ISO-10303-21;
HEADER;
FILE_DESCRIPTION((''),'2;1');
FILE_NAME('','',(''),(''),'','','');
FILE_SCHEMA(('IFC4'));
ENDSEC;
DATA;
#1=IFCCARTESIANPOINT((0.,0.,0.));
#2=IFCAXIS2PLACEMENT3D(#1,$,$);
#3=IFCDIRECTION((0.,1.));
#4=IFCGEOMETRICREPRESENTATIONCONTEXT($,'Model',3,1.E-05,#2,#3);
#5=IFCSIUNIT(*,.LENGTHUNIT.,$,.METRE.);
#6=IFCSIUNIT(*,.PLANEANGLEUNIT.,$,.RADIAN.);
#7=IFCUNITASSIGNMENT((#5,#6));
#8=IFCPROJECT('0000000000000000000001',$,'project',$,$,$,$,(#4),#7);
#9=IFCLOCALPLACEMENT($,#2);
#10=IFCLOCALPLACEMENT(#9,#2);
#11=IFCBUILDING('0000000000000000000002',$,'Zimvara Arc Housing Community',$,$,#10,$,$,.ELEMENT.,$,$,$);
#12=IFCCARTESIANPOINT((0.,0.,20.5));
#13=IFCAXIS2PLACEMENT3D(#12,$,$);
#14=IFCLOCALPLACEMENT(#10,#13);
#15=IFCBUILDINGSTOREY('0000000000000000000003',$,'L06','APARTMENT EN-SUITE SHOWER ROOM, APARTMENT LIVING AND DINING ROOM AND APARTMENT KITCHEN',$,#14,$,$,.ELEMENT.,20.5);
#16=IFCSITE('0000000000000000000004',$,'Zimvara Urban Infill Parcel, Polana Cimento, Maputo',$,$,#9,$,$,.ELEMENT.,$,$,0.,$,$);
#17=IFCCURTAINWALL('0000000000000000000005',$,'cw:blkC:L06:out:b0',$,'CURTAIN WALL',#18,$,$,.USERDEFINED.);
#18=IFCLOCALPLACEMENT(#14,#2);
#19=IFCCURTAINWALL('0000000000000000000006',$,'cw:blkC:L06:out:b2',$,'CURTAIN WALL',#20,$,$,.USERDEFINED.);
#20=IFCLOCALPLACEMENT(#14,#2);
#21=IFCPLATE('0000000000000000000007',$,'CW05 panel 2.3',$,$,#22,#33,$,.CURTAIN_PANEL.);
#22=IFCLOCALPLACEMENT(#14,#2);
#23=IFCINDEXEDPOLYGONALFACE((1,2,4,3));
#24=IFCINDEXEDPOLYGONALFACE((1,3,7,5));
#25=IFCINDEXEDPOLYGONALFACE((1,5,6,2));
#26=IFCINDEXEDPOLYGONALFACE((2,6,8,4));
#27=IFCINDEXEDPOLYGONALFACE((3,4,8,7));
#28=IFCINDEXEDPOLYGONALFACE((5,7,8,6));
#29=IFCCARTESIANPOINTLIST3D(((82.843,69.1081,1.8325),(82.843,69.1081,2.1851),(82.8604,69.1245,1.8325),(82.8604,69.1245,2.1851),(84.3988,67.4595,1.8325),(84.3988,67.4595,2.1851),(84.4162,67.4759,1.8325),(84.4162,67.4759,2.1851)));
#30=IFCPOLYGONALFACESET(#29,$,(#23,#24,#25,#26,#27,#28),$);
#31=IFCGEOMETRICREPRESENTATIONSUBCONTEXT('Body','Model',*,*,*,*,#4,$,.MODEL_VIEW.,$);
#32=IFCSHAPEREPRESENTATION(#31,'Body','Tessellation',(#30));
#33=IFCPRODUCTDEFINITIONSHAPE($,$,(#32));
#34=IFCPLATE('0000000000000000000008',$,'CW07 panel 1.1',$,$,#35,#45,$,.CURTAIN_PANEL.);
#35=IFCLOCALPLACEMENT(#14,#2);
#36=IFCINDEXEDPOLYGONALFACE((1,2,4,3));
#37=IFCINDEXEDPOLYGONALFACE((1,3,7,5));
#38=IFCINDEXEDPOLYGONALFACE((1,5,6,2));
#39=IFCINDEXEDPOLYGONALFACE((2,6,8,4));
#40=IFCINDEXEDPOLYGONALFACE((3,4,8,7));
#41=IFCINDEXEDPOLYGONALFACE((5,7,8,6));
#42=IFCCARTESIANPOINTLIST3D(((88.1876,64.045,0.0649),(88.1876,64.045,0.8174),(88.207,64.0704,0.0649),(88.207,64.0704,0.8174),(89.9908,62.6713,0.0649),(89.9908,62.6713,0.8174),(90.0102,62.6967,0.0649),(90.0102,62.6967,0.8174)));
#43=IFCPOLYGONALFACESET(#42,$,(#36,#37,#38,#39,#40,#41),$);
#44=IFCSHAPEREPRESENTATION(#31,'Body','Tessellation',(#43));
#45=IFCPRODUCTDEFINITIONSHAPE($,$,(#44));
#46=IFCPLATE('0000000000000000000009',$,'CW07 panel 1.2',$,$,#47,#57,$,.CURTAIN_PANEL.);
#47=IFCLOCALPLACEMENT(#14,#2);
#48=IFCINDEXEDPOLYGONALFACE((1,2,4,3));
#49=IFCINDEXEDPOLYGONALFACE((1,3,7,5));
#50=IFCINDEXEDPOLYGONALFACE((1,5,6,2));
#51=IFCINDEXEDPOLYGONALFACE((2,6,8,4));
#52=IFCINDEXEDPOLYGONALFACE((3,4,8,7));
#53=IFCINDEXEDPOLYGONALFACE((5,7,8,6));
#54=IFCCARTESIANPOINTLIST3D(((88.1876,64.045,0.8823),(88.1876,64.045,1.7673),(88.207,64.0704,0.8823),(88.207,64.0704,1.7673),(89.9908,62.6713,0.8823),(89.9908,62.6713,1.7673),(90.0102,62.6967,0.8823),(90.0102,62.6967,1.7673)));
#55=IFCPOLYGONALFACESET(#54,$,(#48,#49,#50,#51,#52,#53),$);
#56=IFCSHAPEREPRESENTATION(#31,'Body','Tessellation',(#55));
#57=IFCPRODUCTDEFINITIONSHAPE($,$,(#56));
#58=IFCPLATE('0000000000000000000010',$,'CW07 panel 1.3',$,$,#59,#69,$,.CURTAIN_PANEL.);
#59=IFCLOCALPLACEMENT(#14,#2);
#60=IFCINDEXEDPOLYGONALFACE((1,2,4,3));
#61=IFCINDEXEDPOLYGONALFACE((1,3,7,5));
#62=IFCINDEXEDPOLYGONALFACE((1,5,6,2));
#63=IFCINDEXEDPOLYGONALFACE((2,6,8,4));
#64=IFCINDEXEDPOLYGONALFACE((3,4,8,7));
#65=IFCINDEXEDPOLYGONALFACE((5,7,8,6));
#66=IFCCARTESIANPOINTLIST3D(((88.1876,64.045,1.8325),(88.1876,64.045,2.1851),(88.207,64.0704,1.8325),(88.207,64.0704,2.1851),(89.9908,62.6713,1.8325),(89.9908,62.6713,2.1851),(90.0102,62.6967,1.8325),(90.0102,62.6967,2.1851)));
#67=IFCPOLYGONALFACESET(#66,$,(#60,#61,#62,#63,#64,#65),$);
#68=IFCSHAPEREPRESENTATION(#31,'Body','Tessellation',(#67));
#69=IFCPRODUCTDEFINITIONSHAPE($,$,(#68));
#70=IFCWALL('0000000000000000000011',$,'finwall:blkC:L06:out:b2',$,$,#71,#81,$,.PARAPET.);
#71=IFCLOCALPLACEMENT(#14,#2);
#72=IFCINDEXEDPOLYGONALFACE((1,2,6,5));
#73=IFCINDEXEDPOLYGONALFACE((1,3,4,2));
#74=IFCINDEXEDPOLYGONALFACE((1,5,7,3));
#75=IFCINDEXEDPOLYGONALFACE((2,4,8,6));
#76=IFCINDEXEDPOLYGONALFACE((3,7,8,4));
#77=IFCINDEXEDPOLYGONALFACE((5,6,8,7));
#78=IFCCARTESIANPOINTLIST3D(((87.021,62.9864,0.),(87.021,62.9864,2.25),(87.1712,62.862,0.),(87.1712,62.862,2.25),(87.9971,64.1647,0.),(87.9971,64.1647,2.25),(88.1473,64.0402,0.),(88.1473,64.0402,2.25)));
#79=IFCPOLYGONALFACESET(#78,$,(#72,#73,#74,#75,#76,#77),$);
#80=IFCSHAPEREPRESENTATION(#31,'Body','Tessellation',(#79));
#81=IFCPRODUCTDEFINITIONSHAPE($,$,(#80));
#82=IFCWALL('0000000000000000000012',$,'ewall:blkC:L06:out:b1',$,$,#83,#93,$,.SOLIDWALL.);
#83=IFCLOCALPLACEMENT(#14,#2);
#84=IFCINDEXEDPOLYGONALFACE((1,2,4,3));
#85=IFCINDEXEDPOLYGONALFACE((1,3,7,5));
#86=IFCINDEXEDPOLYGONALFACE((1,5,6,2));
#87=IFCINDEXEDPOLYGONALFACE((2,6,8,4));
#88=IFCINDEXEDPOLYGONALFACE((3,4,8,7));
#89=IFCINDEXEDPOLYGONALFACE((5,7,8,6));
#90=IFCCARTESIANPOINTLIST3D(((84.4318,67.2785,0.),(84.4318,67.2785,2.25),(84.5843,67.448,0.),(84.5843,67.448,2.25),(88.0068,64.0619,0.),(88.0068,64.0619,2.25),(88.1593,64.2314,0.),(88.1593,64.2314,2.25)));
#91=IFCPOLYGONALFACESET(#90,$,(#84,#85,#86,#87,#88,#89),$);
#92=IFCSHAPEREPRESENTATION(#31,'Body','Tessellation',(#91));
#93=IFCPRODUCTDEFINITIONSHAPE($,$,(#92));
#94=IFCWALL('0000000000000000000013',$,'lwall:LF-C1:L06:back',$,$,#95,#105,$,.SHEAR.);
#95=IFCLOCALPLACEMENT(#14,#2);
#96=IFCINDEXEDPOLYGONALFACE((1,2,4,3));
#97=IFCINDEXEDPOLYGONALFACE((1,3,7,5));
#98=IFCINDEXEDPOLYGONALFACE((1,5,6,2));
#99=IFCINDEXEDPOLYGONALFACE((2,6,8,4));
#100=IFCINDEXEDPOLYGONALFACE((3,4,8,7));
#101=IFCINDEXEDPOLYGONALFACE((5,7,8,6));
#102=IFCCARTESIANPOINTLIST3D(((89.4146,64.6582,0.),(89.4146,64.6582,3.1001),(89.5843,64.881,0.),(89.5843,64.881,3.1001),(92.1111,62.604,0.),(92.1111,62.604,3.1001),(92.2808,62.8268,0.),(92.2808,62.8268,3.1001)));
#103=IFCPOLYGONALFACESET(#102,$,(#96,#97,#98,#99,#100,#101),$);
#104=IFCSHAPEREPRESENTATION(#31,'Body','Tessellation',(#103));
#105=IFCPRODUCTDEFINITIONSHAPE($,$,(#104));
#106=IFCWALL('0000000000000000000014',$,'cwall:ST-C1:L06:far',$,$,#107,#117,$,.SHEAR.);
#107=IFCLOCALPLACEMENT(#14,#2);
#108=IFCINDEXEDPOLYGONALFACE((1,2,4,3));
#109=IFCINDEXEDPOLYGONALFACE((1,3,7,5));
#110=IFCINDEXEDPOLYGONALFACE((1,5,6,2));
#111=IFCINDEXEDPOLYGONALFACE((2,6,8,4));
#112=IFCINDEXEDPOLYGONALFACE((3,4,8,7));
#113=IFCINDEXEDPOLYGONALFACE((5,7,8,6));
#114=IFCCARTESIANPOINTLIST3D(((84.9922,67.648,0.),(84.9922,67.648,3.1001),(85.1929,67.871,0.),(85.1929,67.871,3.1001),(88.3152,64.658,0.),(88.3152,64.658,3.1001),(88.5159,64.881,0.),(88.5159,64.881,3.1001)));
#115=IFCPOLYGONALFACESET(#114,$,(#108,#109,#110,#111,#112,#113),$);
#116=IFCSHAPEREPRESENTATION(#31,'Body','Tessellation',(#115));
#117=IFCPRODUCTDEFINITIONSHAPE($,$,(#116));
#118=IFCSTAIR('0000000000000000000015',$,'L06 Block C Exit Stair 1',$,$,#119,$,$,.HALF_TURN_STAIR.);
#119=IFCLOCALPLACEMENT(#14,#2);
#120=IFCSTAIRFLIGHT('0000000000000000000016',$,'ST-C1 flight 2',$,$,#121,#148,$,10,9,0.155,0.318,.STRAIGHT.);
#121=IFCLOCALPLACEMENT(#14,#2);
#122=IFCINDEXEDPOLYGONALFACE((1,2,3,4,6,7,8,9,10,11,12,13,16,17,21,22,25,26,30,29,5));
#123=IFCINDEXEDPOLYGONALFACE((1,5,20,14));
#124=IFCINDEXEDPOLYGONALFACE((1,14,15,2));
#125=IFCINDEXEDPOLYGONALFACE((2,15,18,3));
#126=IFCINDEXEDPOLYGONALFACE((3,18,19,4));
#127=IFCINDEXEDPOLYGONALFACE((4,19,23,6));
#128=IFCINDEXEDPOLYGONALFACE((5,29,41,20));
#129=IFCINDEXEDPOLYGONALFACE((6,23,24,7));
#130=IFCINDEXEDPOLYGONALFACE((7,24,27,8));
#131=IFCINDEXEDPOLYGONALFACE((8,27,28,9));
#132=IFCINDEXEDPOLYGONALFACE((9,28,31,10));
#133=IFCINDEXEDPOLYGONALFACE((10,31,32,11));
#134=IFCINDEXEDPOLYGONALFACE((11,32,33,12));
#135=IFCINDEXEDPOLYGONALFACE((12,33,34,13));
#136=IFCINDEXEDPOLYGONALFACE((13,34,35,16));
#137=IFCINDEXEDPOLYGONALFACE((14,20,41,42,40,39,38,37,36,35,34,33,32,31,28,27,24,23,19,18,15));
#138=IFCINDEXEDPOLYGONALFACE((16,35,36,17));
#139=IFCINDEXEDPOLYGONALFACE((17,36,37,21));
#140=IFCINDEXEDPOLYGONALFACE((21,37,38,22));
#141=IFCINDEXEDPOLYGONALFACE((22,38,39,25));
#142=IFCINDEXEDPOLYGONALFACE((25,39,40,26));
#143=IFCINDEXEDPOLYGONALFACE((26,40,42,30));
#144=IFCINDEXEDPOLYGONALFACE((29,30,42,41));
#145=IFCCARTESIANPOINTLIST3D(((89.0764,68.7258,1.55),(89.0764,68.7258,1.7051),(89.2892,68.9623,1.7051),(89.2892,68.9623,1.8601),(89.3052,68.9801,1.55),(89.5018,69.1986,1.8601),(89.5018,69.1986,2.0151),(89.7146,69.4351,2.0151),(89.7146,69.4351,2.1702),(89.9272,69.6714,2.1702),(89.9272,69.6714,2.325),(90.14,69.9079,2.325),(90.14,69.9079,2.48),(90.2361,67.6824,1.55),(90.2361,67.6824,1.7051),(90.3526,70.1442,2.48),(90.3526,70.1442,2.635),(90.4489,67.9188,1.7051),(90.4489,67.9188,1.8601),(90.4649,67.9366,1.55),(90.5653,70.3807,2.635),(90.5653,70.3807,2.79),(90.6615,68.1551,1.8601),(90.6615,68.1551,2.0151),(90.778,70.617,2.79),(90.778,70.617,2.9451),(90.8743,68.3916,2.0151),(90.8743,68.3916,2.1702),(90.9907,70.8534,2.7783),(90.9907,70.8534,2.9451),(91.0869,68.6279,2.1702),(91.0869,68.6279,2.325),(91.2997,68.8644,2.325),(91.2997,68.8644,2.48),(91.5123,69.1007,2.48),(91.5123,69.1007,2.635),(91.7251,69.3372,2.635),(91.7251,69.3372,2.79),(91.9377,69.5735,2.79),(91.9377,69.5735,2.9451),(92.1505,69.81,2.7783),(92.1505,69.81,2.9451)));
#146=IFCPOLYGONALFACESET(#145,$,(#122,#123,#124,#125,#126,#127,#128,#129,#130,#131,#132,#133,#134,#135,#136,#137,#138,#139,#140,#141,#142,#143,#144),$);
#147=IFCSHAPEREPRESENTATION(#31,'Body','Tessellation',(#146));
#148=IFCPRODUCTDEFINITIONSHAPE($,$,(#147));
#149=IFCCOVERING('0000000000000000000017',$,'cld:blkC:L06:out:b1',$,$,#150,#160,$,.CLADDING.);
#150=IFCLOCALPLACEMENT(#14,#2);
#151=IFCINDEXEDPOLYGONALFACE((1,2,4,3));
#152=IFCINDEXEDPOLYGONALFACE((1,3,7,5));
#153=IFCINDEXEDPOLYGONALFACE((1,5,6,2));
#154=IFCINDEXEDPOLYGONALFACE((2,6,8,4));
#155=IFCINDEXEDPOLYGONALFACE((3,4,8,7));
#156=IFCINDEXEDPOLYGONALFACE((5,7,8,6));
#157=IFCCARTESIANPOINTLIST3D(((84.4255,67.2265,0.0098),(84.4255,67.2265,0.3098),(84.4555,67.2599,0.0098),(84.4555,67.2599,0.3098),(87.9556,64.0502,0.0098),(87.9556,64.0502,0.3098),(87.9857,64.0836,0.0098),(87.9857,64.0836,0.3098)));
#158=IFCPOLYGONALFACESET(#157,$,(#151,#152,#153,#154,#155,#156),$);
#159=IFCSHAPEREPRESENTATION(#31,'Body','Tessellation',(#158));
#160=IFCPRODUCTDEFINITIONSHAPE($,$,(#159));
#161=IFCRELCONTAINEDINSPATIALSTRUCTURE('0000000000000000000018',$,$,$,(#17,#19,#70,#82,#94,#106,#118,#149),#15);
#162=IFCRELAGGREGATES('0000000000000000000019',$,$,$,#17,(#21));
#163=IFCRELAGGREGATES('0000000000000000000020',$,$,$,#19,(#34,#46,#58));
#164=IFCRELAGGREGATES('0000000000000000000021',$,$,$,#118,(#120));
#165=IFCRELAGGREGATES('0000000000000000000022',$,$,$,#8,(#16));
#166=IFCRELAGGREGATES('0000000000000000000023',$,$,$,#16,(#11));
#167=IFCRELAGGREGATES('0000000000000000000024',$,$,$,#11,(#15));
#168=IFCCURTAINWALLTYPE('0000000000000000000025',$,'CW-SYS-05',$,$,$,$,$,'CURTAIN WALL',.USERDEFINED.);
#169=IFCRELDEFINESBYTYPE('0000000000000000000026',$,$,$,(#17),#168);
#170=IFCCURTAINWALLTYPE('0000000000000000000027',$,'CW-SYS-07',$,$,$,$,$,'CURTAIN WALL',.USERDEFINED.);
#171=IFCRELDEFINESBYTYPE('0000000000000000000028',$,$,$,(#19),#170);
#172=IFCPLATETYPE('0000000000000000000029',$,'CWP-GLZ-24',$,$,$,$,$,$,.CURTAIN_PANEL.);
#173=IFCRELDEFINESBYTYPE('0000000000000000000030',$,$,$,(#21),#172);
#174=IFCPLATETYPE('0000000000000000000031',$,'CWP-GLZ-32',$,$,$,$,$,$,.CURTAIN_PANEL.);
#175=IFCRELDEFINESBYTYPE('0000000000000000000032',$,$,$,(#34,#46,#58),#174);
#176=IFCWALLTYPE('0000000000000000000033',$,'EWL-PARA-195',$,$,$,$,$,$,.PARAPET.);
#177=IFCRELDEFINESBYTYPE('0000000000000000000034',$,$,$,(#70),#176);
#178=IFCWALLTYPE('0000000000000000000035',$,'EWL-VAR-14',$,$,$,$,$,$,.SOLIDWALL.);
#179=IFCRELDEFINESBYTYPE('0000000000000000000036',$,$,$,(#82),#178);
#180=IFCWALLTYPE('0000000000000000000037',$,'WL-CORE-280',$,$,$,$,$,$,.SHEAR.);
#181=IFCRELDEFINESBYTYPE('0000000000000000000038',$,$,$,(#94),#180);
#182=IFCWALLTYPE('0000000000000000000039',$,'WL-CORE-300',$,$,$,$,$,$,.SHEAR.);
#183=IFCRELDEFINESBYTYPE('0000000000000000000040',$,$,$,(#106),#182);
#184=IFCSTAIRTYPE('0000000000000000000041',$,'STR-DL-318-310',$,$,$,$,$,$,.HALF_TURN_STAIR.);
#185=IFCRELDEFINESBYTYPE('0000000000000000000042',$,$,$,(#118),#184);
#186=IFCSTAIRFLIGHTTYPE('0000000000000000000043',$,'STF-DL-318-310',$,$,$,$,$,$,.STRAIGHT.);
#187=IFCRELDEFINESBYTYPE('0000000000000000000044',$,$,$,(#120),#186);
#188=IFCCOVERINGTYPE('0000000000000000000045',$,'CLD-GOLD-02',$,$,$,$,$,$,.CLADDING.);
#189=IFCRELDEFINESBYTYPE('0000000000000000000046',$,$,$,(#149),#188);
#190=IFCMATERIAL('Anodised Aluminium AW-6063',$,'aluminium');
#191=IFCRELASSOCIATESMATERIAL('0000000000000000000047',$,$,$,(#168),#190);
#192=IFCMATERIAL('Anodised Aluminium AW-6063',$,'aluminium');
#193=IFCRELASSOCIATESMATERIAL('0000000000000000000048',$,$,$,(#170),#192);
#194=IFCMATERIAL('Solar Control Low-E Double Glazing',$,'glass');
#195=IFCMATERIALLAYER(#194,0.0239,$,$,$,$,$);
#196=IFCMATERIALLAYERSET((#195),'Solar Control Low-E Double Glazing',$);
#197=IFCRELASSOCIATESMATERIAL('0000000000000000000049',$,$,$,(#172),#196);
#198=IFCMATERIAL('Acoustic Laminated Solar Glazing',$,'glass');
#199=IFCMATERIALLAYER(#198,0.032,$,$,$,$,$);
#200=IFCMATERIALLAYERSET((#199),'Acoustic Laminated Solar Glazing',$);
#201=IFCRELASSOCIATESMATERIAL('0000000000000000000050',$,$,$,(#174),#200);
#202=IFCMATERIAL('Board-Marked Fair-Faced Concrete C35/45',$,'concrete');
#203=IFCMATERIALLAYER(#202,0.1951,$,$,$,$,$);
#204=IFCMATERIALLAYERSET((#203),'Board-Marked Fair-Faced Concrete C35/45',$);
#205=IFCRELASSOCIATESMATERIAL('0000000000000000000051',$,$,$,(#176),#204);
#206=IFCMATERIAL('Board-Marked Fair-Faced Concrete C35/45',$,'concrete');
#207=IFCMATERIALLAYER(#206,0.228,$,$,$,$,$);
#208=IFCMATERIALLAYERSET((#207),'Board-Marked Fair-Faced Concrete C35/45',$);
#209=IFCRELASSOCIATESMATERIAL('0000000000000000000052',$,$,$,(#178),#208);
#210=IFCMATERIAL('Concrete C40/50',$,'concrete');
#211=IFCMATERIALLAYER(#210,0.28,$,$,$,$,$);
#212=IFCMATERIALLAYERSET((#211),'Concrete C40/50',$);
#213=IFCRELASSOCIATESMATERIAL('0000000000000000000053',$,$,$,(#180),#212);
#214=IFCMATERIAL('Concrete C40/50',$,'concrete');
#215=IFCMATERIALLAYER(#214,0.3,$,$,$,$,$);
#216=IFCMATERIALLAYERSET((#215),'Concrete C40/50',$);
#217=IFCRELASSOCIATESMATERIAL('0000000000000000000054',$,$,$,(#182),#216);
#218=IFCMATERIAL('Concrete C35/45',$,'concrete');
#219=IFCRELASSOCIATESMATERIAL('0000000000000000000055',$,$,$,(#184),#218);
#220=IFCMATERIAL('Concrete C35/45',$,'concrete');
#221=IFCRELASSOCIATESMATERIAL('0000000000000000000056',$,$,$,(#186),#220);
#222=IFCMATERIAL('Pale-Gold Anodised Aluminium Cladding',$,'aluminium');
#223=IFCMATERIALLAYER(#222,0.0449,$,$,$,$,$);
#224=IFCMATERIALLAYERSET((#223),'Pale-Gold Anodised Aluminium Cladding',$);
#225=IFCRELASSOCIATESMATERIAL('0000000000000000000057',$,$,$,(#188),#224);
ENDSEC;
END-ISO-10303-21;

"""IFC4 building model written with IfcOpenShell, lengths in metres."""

from ifc_helpers import new_model, si_unit, direction, frame, frame_2d, origin, origin_2d, place, context, subcontext, project, spatial, polyline, rectangle, outline, extrude, material, layer, layer_set, type_object, element, aggregate, save


model = new_model("IFC4")

# Units and contexts
model_context = context("Model", 3, precision=1e-05, world=origin(), true_north=direction((0.0, 1.0)))
body_context = subcontext(model_context, "Body", "Model", "MODEL_VIEW")
ifc_project = project(units=[si_unit("LENGTHUNIT", "METRE"), si_unit("PLANEANGLEUNIT", "RADIAN")], contexts=[model_context])

# Site, building, storey
site_placement = place(None, origin())
site = spatial("IfcSite", under=ifc_project, at=site_placement, Name="Zimvara Urban Infill Parcel, Polana Cimento, Maputo", CompositionType="ELEMENT", RefElevation=0.0)
building_placement = place(site_placement, origin())
building = spatial("IfcBuilding", under=site, at=building_placement, Name="Zimvara Arc Housing Community", CompositionType="ELEMENT")
storey_placement = place(building_placement, frame((0.0, 0.0, 20.5)))
storey = spatial("IfcBuildingStorey", under=building, at=storey_placement, Name="L06", Description="APARTMENT EN-SUITE SHOWER ROOM, APARTMENT LIVING AND DINING ROOM AND APARTMENT KITCHEN", CompositionType="ELEMENT", Elevation=20.5)

# Curtain wall
ifc_material_1 = material(Name="Anodised Aluminium AW-6063", Category="aluminium")
curtain_wall_type_1 = type_object("IfcCurtainWallType", Name="CW-SYS-05", ElementType="CURTAIN WALL", PredefinedType="USERDEFINED", material=ifc_material_1)
curtain_wall_1_placement = place(storey_placement, origin())
curtain_wall_1 = element("IfcCurtainWall", 1, at=curtain_wall_1_placement, inside=storey, type_object=curtain_wall_type_1, Name="cw:blkC:L06:out:b0", ObjectType="CURTAIN WALL", PredefinedType="USERDEFINED")

# Curtain wall
ifc_material_2 = material(Name="Anodised Aluminium AW-6063", Category="aluminium")
curtain_wall_type_2 = type_object("IfcCurtainWallType", Name="CW-SYS-07", ElementType="CURTAIN WALL", PredefinedType="USERDEFINED", material=ifc_material_2)
curtain_wall_2_placement = place(storey_placement, origin())
curtain_wall_2 = element("IfcCurtainWall", 2, at=curtain_wall_2_placement, inside=storey, type_object=curtain_wall_type_2, Name="cw:blkC:L06:out:b2", ObjectType="CURTAIN WALL", PredefinedType="USERDEFINED")

# Plates
ifc_material_3 = material(Name="Solar Control Low-E Double Glazing", Category="glass")
ifc_layer_1 = layer(ifc_material_3, 0.0239)
ifc_layer_set_1 = layer_set([ifc_layer_1], Name="Solar Control Low-E Double Glazing")
plate_type_1 = type_object("IfcPlateType", Name="CWP-GLZ-24", PredefinedType="CURTAIN_PANEL", material=ifc_layer_set_1)
plate_1_placement = place(storey_placement, frame((83.6296, 68.292, 1.8325), z_axis=(0.0, 0.0, 1.0), x_axis=(0.686326, -0.727294, 0.0)))
plate_1 = element("IfcPlate", 3, at=plate_1_placement, type_object=plate_type_1, Name="CW05 panel 2.3", PredefinedType="CURTAIN_PANEL", context=body_context, shape_type="SweptSolid", body=[
    extrude(rectangle(XDim=2.2668, YDim=0.0239, at=origin_2d()), origin(), (0.0, 0.0, 1.0), 0.3525),
])
aggregate(curtain_wall_1, [plate_1])
ifc_material_4 = material(Name="Acoustic Laminated Solar Glazing", Category="glass")
ifc_layer_2 = layer(ifc_material_4, 0.032)
ifc_layer_set_2 = layer_set([ifc_layer_2], Name="Acoustic Laminated Solar Glazing")
plate_type_2 = type_object("IfcPlateType", Name="CWP-GLZ-32", PredefinedType="CURTAIN_PANEL", material=ifc_layer_set_2)
plate_2_placement = place(storey_placement, frame((89.0989, 63.3708, 0.0649), z_axis=(0.0, 0.0, 1.0), x_axis=(0.795474, -0.605988, 0.0)))
plate_2 = element("IfcPlate", 4, at=plate_2_placement, type_object=plate_type_2, Name="CW07 panel 1.1", PredefinedType="CURTAIN_PANEL", context=body_context, shape_type="SweptSolid", body=[
    extrude(rectangle(XDim=2.2668, YDim=0.032, at=origin_2d()), origin(), (0.0, 0.0, 1.0), 0.7524),
])
plate_3_placement = place(storey_placement, frame((89.0989, 63.3708, 0.8823), z_axis=(0.0, 0.0, 1.0), x_axis=(0.795474, -0.605988, 0.0)))
plate_3 = element("IfcPlate", 5, at=plate_3_placement, type_object=plate_type_2, Name="CW07 panel 1.2", PredefinedType="CURTAIN_PANEL", context=body_context, shape_type="SweptSolid", body=[
    extrude(rectangle(XDim=2.2668, YDim=0.032, at=origin_2d()), origin(), (0.0, 0.0, 1.0), 0.885),
])
plate_4_placement = place(storey_placement, frame((89.0989, 63.3708, 1.8325), z_axis=(0.0, 0.0, 1.0), x_axis=(0.795474, -0.605988, 0.0)))
plate_4 = element("IfcPlate", 6, at=plate_4_placement, type_object=plate_type_2, Name="CW07 panel 1.3", PredefinedType="CURTAIN_PANEL", context=body_context, shape_type="SweptSolid", body=[
    extrude(rectangle(XDim=2.2668, YDim=0.032, at=origin_2d()), origin(), (0.0, 0.0, 1.0), 0.3525),
])
aggregate(curtain_wall_2, [plate_2, plate_3, plate_4])

# Walls
ifc_material_5 = material(Name="Board-Marked Fair-Faced Concrete C35/45", Category="concrete")
ifc_layer_3 = layer(ifc_material_5, 0.1951)
ifc_layer_set_3 = layer_set([ifc_layer_3], Name="Board-Marked Fair-Faced Concrete C35/45")
wall_type_1 = type_object("IfcWallType", Name="EWL-PARA-195", PredefinedType="PARAPET", material=ifc_layer_set_3)
wall_1_placement = place(storey_placement, frame((88.0723, 64.1025, 0.0), z_axis=(0.0, 0.0, 1.0), x_axis=(-0.637953, -0.770075, 0.0)))
element("IfcWall", 7, at=wall_1_placement, inside=storey, type_object=wall_type_1, Name="finwall:blkC:L06:out:b2", PredefinedType="PARAPET", context=body_context, shape_type="SweptSolid", body=[
    extrude(rectangle(XDim=1.53, YDim=0.1951, at=frame_2d((0.7651, 0.0))), origin(), (0.0, 0.0, 1.0), 2.25),
])
ifc_material_6 = material(Name="Board-Marked Fair-Faced Concrete C35/45", Category="concrete")
ifc_layer_4 = layer(ifc_material_6, 0.228)
ifc_layer_set_4 = layer_set([ifc_layer_4], Name="Board-Marked Fair-Faced Concrete C35/45")
wall_type_2 = type_object("IfcWallType", Name="EWL-VAR-14", PredefinedType="SOLIDWALL", material=ifc_layer_set_4)
wall_2_placement = place(storey_placement, frame((84.5081, 67.3633, 0.0), z_axis=(0.0, 0.0, 1.0), x_axis=(0.743388, -0.668861, 0.0)))
element("IfcWall", 8, at=wall_2_placement, inside=storey, type_object=wall_type_2, Name="ewall:blkC:L06:out:b1", PredefinedType="SOLIDWALL", context=body_context, shape_type="SweptSolid", body=[
    extrude(rectangle(XDim=4.8091, YDim=0.228, at=frame_2d((2.4045, 0.0))), origin(), (0.0, 0.0, 1.0), 2.25),
])
ifc_material_7 = material(Name="Concrete C40/50", Category="concrete")
ifc_layer_5 = layer(ifc_material_7, 0.28)
ifc_layer_set_5 = layer_set([ifc_layer_5], Name="Concrete C40/50")
wall_type_3 = type_object("IfcWallType", Name="WL-CORE-280", PredefinedType="SHEAR", material=ifc_layer_set_5)
wall_3_placement = place(storey_placement, frame((89.4995, 64.7695, 0.0), z_axis=(0.0, 0.0, 1.0), x_axis=(0.795475, -0.605987, 0.0)))
element("IfcWall", 9, at=wall_3_placement, inside=storey, type_object=wall_type_3, Name="lwall:LF-C1:L06:back", PredefinedType="SHEAR", context=body_context, shape_type="SweptSolid", body=[
    extrude(rectangle(XDim=3.3899, YDim=0.28, at=frame_2d((1.6948, 0.0))), origin(), (0.0, 0.0, 1.0), 3.1001),
])
ifc_material_8 = material(Name="Concrete C40/50", Category="concrete")
ifc_layer_6 = layer(ifc_material_8, 0.3)
ifc_layer_set_6 = layer_set([ifc_layer_6], Name="Concrete C40/50")
wall_type_4 = type_object("IfcWallType", Name="WL-CORE-300", PredefinedType="SHEAR", material=ifc_layer_set_6)
wall_4_placement = place(storey_placement, frame((85.0925, 67.7595, 0.0), z_axis=(0.0, 0.0, 1.0), x_axis=(0.743373, -0.668877, 0.0)))
element("IfcWall", 10, at=wall_4_placement, inside=storey, type_object=wall_type_4, Name="cwall:ST-C1:L06:far", PredefinedType="SHEAR", context=body_context, shape_type="SweptSolid", body=[
    extrude(rectangle(XDim=4.4702, YDim=0.3, at=frame_2d((2.2351, 0.0))), origin(), (0.0, 0.0, 1.0), 3.1001),
])

# Stair, stair flight
ifc_material_9 = material(Name="Concrete C35/45", Category="concrete")
stair_type = type_object("IfcStairType", Name="STR-DL-318-310", PredefinedType="HALF_TURN_STAIR", material=ifc_material_9)
stair_placement = place(storey_placement, origin())
stair = element("IfcStair", 11, at=stair_placement, inside=storey, type_object=stair_type, Name="L06 Block C Exit Stair 1", PredefinedType="HALF_TURN_STAIR")
ifc_material_10 = material(Name="Concrete C35/45", Category="concrete")
stair_flight_type = type_object("IfcStairFlightType", Name="STF-DL-318-310", PredefinedType="STRAIGHT", material=ifc_material_10)
stair_flight_placement = place(storey_placement, frame((89.6562, 68.2041, 1.55), z_axis=(0.0, 0.0, 1.0), x_axis=(0.668871, 0.743378, 0.0)))
stair_flight = element("IfcStairFlight", 12, at=stair_flight_placement, type_object=stair_flight_type, Name="ST-C1 flight 2", NumberOfRisers=10, NumberOfTreads=9, PredefinedType="STRAIGHT", RiserHeight=0.155, TreadLength=0.318, context=body_context, shape_type="SweptSolid", body=[
    extrude(outline(polyline([(0.0, 0.0), (0.0, 0.155), (0.3181, 0.155), (0.3181, 0.3101), (0.636, 0.3101), (0.636, 0.4651), (0.9541, 0.4651), (0.9541, 0.6201), (1.272, 0.6201), (1.272, 0.7749), (1.5901, 0.7749), (1.5901, 0.9299), (1.908, 0.9299), (1.908, 1.085), (2.2261, 1.085), (2.2261, 1.24), (2.5439, 1.24), (2.5439, 1.395), (2.8621, 1.395), (2.8621, 1.55), (2.8621, 1.2283), (0.342, 0.0), (0.0, 0.0)])), frame((0.0, 0.78, 0.0), z_axis=(0.0, -1.0, 0.0), x_axis=(1.0, 0.0, 0.0)), (0.0, 0.0, 1.0), 1.5601),
])
aggregate(stair, [stair_flight])

# Covering
ifc_material_11 = material(Name="Pale-Gold Anodised Aluminium Cladding", Category="aluminium")
ifc_layer_7 = layer(ifc_material_11, 0.0449)
ifc_layer_set_7 = layer_set([ifc_layer_7], Name="Pale-Gold Anodised Aluminium Cladding")
covering_type = type_object("IfcCoveringType", Name="CLD-GOLD-02", PredefinedType="CLADDING", material=ifc_layer_set_7)
covering_placement = place(storey_placement, frame((86.2056, 65.655, 0.0098), z_axis=(0.0, 0.0, 1.0), x_axis=(0.743377, -0.668872, 0.0)))
element("IfcCovering", 13, at=covering_placement, inside=storey, type_object=covering_type, Name="cld:blkC:L06:out:b1", PredefinedType="CLADDING", context=body_context, shape_type="SweptSolid", body=[
    extrude(rectangle(XDim=4.7488, YDim=0.0449, at=origin_2d()), origin(), (0.0, 0.0, 1.0), 0.3),
])

save(model, "model.ifc")
